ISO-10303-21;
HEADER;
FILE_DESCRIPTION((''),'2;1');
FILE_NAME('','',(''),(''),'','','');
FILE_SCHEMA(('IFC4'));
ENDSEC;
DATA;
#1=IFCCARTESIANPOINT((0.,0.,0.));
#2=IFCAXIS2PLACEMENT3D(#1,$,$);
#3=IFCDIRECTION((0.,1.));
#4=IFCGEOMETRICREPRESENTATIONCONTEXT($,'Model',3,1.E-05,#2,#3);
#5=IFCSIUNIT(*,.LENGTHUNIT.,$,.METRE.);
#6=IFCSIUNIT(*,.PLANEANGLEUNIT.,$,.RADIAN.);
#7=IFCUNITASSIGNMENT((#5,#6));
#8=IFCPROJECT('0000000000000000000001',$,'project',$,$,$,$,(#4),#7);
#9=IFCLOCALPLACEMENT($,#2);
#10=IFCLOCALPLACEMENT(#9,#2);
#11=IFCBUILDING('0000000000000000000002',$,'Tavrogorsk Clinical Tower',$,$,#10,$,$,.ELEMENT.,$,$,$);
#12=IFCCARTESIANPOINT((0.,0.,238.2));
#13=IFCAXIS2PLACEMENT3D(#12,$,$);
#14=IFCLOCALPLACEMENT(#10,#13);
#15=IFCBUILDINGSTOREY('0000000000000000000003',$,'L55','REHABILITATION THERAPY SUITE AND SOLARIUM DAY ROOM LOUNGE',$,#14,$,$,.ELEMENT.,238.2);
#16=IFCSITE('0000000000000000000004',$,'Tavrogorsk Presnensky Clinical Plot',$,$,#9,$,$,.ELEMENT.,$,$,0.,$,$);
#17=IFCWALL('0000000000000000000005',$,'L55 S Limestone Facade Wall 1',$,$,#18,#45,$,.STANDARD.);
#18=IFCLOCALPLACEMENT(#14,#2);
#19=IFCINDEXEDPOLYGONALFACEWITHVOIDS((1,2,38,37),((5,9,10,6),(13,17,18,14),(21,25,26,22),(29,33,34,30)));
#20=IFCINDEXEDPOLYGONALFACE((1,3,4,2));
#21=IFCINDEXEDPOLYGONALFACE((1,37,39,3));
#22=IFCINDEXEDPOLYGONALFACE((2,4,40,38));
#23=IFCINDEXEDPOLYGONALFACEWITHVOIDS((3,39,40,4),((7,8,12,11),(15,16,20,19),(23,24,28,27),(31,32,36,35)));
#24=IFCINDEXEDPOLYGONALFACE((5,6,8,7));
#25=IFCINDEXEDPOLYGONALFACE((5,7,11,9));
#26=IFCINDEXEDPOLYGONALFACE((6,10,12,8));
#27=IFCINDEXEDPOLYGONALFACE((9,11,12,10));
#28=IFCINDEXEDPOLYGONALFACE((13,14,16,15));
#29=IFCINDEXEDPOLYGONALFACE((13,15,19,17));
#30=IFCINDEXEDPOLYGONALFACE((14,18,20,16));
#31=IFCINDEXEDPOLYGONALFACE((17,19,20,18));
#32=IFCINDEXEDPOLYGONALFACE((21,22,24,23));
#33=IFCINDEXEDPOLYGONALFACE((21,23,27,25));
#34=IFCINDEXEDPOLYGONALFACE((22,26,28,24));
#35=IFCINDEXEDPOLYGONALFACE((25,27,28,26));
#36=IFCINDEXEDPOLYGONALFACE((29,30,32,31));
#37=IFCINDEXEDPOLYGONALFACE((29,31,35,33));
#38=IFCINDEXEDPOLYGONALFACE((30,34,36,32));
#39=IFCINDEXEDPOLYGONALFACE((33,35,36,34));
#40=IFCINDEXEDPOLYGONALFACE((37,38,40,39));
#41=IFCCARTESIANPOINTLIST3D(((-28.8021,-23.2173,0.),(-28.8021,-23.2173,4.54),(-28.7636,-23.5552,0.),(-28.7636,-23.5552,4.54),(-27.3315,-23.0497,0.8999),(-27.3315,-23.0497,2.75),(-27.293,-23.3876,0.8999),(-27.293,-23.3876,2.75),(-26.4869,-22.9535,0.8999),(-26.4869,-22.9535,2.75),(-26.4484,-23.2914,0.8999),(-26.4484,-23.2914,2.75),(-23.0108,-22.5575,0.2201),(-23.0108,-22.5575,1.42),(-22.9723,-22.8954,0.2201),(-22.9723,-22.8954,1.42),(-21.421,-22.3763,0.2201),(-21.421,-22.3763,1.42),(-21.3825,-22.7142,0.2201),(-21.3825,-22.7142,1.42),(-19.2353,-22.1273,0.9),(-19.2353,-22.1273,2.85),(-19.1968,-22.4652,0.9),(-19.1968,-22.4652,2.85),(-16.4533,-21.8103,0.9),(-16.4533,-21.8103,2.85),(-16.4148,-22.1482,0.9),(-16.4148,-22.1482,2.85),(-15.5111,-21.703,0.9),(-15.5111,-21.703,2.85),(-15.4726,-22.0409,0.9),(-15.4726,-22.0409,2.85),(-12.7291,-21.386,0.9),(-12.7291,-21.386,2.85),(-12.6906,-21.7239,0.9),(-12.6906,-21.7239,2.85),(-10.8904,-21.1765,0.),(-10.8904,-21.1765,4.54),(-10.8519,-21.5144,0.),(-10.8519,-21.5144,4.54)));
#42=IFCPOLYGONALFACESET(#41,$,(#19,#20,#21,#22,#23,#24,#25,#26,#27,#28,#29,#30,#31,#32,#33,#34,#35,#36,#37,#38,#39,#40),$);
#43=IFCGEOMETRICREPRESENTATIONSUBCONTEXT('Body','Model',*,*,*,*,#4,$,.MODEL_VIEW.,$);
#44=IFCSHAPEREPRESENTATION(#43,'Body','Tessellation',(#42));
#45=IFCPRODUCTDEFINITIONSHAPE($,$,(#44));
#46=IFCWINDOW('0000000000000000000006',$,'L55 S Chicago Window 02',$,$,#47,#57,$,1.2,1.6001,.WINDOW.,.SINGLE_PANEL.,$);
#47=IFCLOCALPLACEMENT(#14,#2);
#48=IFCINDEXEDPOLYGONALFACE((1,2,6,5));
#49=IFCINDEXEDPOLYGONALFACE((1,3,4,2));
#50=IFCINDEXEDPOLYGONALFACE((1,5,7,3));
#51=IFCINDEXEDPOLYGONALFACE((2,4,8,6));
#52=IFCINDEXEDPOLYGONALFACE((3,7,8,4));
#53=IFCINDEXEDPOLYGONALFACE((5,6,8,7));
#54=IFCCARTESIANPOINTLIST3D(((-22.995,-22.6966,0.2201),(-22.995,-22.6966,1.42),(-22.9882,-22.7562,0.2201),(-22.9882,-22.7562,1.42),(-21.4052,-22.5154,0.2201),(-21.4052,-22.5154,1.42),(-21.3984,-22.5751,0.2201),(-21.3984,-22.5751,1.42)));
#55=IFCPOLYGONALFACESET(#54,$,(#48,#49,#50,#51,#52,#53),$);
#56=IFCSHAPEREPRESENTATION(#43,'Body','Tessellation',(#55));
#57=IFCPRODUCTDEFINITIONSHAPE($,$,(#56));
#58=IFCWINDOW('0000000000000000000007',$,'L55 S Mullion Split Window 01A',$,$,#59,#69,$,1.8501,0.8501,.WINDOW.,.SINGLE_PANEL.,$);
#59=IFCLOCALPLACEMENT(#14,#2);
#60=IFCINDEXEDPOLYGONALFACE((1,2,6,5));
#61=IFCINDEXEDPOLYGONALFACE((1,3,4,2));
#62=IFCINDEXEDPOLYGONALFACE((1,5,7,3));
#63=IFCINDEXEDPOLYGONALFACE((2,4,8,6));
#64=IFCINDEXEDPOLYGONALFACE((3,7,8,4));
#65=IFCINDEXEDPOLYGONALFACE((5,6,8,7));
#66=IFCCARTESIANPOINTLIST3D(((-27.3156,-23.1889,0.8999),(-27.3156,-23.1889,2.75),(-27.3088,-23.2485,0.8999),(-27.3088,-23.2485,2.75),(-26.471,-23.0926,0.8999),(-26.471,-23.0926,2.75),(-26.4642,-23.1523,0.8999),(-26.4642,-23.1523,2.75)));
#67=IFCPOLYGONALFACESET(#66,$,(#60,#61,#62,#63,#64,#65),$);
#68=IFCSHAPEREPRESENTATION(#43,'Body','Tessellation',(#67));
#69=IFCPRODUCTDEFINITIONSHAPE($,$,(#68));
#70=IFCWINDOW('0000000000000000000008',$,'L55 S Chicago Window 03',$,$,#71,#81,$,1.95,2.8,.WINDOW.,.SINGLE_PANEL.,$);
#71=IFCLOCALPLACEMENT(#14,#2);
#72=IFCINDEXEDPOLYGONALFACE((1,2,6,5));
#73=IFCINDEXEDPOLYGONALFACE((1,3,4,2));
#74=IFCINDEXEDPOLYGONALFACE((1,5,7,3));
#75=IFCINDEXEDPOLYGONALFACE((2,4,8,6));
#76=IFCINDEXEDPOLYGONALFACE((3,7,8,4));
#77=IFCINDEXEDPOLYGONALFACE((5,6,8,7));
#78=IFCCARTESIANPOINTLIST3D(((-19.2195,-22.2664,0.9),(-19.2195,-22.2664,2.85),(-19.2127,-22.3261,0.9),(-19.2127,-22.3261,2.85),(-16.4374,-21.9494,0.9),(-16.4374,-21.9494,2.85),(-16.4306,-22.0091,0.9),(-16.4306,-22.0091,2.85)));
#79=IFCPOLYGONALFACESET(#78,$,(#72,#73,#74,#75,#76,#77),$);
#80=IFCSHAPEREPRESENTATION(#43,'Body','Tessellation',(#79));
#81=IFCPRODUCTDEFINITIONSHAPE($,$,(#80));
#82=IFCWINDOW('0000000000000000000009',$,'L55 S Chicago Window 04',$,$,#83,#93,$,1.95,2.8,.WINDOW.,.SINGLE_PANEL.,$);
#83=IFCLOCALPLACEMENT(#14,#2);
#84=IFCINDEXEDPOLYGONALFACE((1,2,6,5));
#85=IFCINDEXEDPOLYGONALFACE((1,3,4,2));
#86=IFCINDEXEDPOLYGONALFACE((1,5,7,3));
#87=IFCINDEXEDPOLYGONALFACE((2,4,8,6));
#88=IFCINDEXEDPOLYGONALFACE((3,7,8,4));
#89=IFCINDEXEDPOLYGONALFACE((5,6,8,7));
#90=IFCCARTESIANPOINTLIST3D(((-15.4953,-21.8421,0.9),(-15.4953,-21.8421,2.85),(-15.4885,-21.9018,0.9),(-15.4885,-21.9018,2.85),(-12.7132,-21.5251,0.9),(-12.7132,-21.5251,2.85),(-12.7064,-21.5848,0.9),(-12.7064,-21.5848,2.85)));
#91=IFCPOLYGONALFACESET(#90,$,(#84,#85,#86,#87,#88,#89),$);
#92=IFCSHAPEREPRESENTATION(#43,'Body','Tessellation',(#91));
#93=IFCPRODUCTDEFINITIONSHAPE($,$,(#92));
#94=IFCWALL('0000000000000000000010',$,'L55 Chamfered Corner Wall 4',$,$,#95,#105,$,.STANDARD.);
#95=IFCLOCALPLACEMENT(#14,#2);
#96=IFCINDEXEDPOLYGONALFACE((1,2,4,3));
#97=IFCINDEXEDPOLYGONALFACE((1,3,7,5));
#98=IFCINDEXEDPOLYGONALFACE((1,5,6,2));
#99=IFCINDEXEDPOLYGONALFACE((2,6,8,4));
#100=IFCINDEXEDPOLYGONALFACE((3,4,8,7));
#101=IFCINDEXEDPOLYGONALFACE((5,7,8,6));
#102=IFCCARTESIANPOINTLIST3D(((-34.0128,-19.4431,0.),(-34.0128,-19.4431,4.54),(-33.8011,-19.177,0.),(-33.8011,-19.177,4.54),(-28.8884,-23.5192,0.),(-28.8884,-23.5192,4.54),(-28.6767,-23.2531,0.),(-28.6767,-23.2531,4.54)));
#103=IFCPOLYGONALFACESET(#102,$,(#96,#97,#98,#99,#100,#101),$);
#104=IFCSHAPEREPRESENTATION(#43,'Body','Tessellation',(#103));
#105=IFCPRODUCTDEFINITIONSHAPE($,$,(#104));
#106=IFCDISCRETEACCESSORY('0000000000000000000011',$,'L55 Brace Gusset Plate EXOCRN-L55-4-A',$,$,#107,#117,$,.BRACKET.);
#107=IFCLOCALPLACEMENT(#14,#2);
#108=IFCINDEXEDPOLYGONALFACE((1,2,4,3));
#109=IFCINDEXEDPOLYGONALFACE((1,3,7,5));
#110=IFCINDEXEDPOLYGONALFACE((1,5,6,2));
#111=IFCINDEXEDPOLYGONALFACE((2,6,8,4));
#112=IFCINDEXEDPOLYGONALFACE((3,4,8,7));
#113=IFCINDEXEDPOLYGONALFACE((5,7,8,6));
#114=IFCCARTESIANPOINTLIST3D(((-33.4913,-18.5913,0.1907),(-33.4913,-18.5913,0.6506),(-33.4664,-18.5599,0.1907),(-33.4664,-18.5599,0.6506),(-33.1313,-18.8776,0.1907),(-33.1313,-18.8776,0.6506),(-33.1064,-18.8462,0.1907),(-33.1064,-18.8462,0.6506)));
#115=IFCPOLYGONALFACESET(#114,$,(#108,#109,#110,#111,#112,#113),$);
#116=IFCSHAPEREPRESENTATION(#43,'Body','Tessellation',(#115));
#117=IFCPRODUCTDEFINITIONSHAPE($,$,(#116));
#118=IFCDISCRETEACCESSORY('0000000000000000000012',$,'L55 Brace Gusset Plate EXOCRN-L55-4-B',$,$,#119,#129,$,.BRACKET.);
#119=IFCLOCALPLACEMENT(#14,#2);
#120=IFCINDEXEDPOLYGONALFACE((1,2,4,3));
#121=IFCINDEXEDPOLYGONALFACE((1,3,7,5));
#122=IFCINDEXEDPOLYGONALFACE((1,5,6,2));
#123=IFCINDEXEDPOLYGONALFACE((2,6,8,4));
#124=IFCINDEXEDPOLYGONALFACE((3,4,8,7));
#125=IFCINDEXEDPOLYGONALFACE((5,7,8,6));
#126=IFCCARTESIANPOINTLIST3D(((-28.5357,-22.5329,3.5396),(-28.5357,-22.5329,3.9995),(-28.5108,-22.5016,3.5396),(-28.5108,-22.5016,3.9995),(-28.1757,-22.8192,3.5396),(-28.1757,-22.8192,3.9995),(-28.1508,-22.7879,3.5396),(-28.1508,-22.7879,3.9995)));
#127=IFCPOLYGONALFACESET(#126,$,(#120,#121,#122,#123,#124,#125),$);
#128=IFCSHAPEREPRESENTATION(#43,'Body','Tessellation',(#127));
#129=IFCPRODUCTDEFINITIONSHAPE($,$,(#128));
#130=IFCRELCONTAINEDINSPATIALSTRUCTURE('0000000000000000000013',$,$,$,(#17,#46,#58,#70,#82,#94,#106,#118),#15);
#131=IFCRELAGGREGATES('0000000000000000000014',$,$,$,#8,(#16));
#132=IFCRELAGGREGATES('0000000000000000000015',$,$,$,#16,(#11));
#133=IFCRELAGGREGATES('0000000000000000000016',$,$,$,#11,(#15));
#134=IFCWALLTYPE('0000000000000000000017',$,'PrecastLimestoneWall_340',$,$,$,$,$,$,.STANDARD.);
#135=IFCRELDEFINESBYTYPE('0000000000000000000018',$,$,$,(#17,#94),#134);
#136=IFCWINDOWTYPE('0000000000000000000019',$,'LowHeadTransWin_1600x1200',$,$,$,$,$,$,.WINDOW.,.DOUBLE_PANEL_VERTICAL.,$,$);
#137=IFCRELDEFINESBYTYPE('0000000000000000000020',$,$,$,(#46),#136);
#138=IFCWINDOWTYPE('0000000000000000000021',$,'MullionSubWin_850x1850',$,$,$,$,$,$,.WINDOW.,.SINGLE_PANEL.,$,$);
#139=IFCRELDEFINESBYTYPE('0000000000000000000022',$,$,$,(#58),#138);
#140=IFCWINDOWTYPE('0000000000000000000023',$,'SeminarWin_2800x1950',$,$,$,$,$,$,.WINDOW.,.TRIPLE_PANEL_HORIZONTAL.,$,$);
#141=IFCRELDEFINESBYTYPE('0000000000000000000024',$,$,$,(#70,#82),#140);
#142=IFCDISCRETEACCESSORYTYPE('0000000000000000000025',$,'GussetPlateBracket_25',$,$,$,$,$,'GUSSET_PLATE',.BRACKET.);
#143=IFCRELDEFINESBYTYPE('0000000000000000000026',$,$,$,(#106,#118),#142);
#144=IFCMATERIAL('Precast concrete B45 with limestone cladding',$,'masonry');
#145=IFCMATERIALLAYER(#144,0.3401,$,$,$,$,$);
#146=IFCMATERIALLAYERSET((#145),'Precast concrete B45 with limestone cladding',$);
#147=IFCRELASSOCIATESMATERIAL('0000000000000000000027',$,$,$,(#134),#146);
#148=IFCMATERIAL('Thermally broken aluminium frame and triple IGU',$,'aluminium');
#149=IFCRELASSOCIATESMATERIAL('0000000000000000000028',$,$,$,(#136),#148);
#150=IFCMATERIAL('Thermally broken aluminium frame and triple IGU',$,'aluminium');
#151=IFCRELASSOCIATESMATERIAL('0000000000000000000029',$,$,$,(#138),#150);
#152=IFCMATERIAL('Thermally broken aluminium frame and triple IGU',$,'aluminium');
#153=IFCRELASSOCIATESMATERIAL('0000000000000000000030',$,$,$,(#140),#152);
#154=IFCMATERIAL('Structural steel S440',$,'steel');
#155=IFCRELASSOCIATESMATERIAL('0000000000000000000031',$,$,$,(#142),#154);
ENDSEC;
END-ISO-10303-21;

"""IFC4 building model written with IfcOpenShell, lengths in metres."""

from ifc_helpers import new_model, si_unit, direction, frame, frame_2d, origin, origin_2d, place, context, subcontext, project, spatial, rectangle, extrude, material, layer, layer_set, type_object, element, fill, save


model = new_model("IFC4")

# Units and contexts
model_context = context("Model", 3, precision=1e-05, world=origin(), true_north=direction((0.0, 1.0)))
body_context = subcontext(model_context, "Body", "Model", "MODEL_VIEW")
ifc_project = project(units=[si_unit("LENGTHUNIT", "METRE"), si_unit("PLANEANGLEUNIT", "RADIAN")], contexts=[model_context])

# Site, building, storey
site_placement = place(None, origin())
site = spatial("IfcSite", under=ifc_project, at=site_placement, Name="Tavrogorsk Presnensky Clinical Plot", CompositionType="ELEMENT", RefElevation=0.0)
building_placement = place(site_placement, origin())
building = spatial("IfcBuilding", under=site, at=building_placement, Name="Tavrogorsk Clinical Tower", CompositionType="ELEMENT")
storey_placement = place(building_placement, frame((0.0, 0.0, 238.2)))
storey = spatial("IfcBuildingStorey", under=building, at=storey_placement, Name="L55", Description="REHABILITATION THERAPY SUITE AND SOLARIUM DAY ROOM LOUNGE", CompositionType="ELEMENT", Elevation=238.2)

# Wall, openings, windows
ifc_material_1 = material(Name="Precast concrete B45 with limestone cladding", Category="masonry")
ifc_layer_1 = layer(ifc_material_1, 0.3401)
ifc_layer_set_1 = layer_set([ifc_layer_1], Name="Precast concrete B45 with limestone cladding")
wall_type_1 = type_object("IfcWallType", Name="PrecastLimestoneWall_340", PredefinedType="STANDARD", material=ifc_layer_set_1)
wall_1_placement = place(storey_placement, frame((-28.7827, -23.3862, 0.0), z_axis=(0.0, 0.0, 1.0), x_axis=(0.993572, 0.113203, 0.0)))
wall_1 = element("IfcWall", 1, at=wall_1_placement, inside=storey, type_object=wall_type_1, Name="L55 S Limestone Facade Wall 1", PredefinedType="STANDARD", context=body_context, shape_type="SweptSolid", body=[
    extrude(rectangle(XDim=18.0276, YDim=0.3401, at=frame_2d((9.0137, 0.0))), origin(), (0.0, 0.0, 1.0), 4.54),
])
opening_1_placement = place(wall_1_placement, frame((1.48, 0.0, 0.8999)))
opening_1 = element("IfcOpeningElement", 2, at=opening_1_placement, cuts=wall_1, PredefinedType="OPENING", context=body_context, shape_type="SweptSolid", body=[
    extrude(rectangle(XDim=0.8501, YDim=1.8501, at=frame_2d((0.425, 0.925))), frame((0.0, 0.1799, 0.0), z_axis=(0.0, -1.0, 0.0), x_axis=(1.0, 0.0, 0.0)), (0.0, 0.0, 1.0), 0.3601),
])
opening_2_placement = place(wall_1_placement, frame((5.8286, 0.0, 0.22)))
opening_2 = element("IfcOpeningElement", 3, at=opening_2_placement, cuts=wall_1, PredefinedType="OPENING", context=body_context, shape_type="SweptSolid", body=[
    extrude(rectangle(XDim=1.6001, YDim=1.2, at=frame_2d((0.8, 0.6001))), frame((0.0, 0.1799, 0.0), z_axis=(0.0, -1.0, 0.0), x_axis=(1.0, 0.0, 0.0)), (0.0, 0.0, 1.0), 0.3601),
])
opening_3_placement = place(wall_1_placement, frame((9.6287, 0.0, 0.8999)))
opening_3 = element("IfcOpeningElement", 4, at=opening_3_placement, cuts=wall_1, PredefinedType="OPENING", context=body_context, shape_type="SweptSolid", body=[
    extrude(rectangle(XDim=2.8, YDim=1.95, at=frame_2d((1.3999, 0.9751))), frame((0.0, 0.1799, 0.0), z_axis=(0.0, -1.0, 0.0), x_axis=(1.0, 0.0, 0.0)), (0.0, 0.0, 1.0), 0.3601),
])
opening_4_placement = place(wall_1_placement, frame((13.377, 0.0, 0.8999)))
opening_4 = element("IfcOpeningElement", 5, at=opening_4_placement, cuts=wall_1, PredefinedType="OPENING", context=body_context, shape_type="SweptSolid", body=[
    extrude(rectangle(XDim=2.8, YDim=1.95, at=frame_2d((1.3999, 0.9751))), frame((0.0, 0.1799, 0.0), z_axis=(0.0, -1.0, 0.0), x_axis=(1.0, 0.0, 0.0)), (0.0, 0.0, 1.0), 0.3601),
])
ifc_material_2 = material(Name="Thermally broken aluminium frame and triple IGU", Category="aluminium")
window_type_1 = type_object("IfcWindowType", Name="LowHeadTransWin_1600x1200", PartitioningType="DOUBLE_PANEL_VERTICAL", PredefinedType="WINDOW", material=ifc_material_2)
window_1_placement = place(opening_2_placement, origin())
window_1 = element("IfcWindow", 6, at=window_1_placement, inside=storey, type_object=window_type_1, Name="L55 S Chicago Window 02", OverallHeight=1.2, OverallWidth=1.6001, PartitioningType="SINGLE_PANEL", PredefinedType="WINDOW", context=body_context, shape_type="SweptSolid", body=[
    extrude(rectangle(XDim=1.6001, YDim=1.2, at=frame_2d((0.8, 0.6001))), frame((0.0, 0.03, 0.0), z_axis=(0.0, -1.0, 0.0), x_axis=(1.0, 0.0, 0.0)), (0.0, 0.0, 1.0), 0.0601),
])
fill(opening_2, window_1)
ifc_material_3 = material(Name="Thermally broken aluminium frame and triple IGU", Category="aluminium")
window_type_2 = type_object("IfcWindowType", Name="MullionSubWin_850x1850", PartitioningType="SINGLE_PANEL", PredefinedType="WINDOW", material=ifc_material_3)
window_2_placement = place(opening_1_placement, origin())
window_2 = element("IfcWindow", 7, at=window_2_placement, inside=storey, type_object=window_type_2, Name="L55 S Mullion Split Window 01A", OverallHeight=1.8501, OverallWidth=0.8501, PartitioningType="SINGLE_PANEL", PredefinedType="WINDOW", context=body_context, shape_type="SweptSolid", body=[
    extrude(rectangle(XDim=0.8501, YDim=1.8501, at=frame_2d((0.425, 0.925))), frame((0.0, 0.03, 0.0), z_axis=(0.0, -1.0, 0.0), x_axis=(1.0, 0.0, 0.0)), (0.0, 0.0, 1.0), 0.0601),
])
fill(opening_1, window_2)
ifc_material_4 = material(Name="Thermally broken aluminium frame and triple IGU", Category="aluminium")
window_type_3 = type_object("IfcWindowType", Name="SeminarWin_2800x1950", PartitioningType="TRIPLE_PANEL_HORIZONTAL", PredefinedType="WINDOW", material=ifc_material_4)
window_3_placement = place(opening_3_placement, origin())
window_3 = element("IfcWindow", 8, at=window_3_placement, inside=storey, type_object=window_type_3, Name="L55 S Chicago Window 03", OverallHeight=1.95, OverallWidth=2.8, PartitioningType="SINGLE_PANEL", PredefinedType="WINDOW", context=body_context, shape_type="SweptSolid", body=[
    extrude(rectangle(XDim=2.8, YDim=1.95, at=frame_2d((1.3999, 0.9751))), frame((0.0, 0.03, 0.0), z_axis=(0.0, -1.0, 0.0), x_axis=(1.0, 0.0, 0.0)), (0.0, 0.0, 1.0), 0.0601),
])
fill(opening_3, window_3)
window_4_placement = place(opening_4_placement, origin())
window_4 = element("IfcWindow", 9, at=window_4_placement, inside=storey, type_object=window_type_3, Name="L55 S Chicago Window 04", OverallHeight=1.95, OverallWidth=2.8, PartitioningType="SINGLE_PANEL", PredefinedType="WINDOW", context=body_context, shape_type="SweptSolid", body=[
    extrude(rectangle(XDim=2.8, YDim=1.95, at=frame_2d((1.3999, 0.9751))), frame((0.0, 0.03, 0.0), z_axis=(0.0, -1.0, 0.0), x_axis=(1.0, 0.0, 0.0)), (0.0, 0.0, 1.0), 0.0601),
])
fill(opening_4, window_4)

# Wall
wall_2_placement = place(storey_placement, frame((-33.907, -19.3101, 0.0), z_axis=(0.0, 0.0, 1.0), x_axis=(0.782612, -0.62251, 0.0)))
element("IfcWall", 10, at=wall_2_placement, inside=storey, type_object=wall_type_1, Name="L55 Chamfered Corner Wall 4", PredefinedType="STANDARD", context=body_context, shape_type="SweptSolid", body=[
    extrude(rectangle(XDim=6.5479, YDim=0.3401, at=frame_2d((3.2739, 0.0))), origin(), (0.0, 0.0, 1.0), 4.54),
])

# Discrete accessories
ifc_material_5 = material(Name="Structural steel S440", Category="steel")
discrete_accessory_type = type_object("IfcDiscreteAccessoryType", Name="GussetPlateBracket_25", ElementType="GUSSET_PLATE", PredefinedType="BRACKET", material=ifc_material_5)
for number, where, z_axis, x_axis, name in (
    (11, (-33.2988, -18.7188, 0.1907), (0.0, 0.0, 1.0), (0.782608, -0.622515, 0.0), "L55 Brace Gusset Plate EXOCRN-L55-4-A"),
    (12, (-28.3433, -22.6604, 3.5396), (0.0, 0.0, 1.0), (0.782608, -0.622515, 0.0), "L55 Brace Gusset Plate EXOCRN-L55-4-B"),
):
    element("IfcDiscreteAccessory", number, at=place(storey_placement, frame(where, z_axis=z_axis, x_axis=x_axis)), inside=storey, type_object=discrete_accessory_type, Name=name, PredefinedType="BRACKET", context=body_context, shape_type="SweptSolid", body=[
        extrude(rectangle(XDim=0.46, YDim=0.04, at=origin_2d()), origin(), (0.0, 0.0, 1.0), 0.46),
    ])

save(model, "model.ifc")
